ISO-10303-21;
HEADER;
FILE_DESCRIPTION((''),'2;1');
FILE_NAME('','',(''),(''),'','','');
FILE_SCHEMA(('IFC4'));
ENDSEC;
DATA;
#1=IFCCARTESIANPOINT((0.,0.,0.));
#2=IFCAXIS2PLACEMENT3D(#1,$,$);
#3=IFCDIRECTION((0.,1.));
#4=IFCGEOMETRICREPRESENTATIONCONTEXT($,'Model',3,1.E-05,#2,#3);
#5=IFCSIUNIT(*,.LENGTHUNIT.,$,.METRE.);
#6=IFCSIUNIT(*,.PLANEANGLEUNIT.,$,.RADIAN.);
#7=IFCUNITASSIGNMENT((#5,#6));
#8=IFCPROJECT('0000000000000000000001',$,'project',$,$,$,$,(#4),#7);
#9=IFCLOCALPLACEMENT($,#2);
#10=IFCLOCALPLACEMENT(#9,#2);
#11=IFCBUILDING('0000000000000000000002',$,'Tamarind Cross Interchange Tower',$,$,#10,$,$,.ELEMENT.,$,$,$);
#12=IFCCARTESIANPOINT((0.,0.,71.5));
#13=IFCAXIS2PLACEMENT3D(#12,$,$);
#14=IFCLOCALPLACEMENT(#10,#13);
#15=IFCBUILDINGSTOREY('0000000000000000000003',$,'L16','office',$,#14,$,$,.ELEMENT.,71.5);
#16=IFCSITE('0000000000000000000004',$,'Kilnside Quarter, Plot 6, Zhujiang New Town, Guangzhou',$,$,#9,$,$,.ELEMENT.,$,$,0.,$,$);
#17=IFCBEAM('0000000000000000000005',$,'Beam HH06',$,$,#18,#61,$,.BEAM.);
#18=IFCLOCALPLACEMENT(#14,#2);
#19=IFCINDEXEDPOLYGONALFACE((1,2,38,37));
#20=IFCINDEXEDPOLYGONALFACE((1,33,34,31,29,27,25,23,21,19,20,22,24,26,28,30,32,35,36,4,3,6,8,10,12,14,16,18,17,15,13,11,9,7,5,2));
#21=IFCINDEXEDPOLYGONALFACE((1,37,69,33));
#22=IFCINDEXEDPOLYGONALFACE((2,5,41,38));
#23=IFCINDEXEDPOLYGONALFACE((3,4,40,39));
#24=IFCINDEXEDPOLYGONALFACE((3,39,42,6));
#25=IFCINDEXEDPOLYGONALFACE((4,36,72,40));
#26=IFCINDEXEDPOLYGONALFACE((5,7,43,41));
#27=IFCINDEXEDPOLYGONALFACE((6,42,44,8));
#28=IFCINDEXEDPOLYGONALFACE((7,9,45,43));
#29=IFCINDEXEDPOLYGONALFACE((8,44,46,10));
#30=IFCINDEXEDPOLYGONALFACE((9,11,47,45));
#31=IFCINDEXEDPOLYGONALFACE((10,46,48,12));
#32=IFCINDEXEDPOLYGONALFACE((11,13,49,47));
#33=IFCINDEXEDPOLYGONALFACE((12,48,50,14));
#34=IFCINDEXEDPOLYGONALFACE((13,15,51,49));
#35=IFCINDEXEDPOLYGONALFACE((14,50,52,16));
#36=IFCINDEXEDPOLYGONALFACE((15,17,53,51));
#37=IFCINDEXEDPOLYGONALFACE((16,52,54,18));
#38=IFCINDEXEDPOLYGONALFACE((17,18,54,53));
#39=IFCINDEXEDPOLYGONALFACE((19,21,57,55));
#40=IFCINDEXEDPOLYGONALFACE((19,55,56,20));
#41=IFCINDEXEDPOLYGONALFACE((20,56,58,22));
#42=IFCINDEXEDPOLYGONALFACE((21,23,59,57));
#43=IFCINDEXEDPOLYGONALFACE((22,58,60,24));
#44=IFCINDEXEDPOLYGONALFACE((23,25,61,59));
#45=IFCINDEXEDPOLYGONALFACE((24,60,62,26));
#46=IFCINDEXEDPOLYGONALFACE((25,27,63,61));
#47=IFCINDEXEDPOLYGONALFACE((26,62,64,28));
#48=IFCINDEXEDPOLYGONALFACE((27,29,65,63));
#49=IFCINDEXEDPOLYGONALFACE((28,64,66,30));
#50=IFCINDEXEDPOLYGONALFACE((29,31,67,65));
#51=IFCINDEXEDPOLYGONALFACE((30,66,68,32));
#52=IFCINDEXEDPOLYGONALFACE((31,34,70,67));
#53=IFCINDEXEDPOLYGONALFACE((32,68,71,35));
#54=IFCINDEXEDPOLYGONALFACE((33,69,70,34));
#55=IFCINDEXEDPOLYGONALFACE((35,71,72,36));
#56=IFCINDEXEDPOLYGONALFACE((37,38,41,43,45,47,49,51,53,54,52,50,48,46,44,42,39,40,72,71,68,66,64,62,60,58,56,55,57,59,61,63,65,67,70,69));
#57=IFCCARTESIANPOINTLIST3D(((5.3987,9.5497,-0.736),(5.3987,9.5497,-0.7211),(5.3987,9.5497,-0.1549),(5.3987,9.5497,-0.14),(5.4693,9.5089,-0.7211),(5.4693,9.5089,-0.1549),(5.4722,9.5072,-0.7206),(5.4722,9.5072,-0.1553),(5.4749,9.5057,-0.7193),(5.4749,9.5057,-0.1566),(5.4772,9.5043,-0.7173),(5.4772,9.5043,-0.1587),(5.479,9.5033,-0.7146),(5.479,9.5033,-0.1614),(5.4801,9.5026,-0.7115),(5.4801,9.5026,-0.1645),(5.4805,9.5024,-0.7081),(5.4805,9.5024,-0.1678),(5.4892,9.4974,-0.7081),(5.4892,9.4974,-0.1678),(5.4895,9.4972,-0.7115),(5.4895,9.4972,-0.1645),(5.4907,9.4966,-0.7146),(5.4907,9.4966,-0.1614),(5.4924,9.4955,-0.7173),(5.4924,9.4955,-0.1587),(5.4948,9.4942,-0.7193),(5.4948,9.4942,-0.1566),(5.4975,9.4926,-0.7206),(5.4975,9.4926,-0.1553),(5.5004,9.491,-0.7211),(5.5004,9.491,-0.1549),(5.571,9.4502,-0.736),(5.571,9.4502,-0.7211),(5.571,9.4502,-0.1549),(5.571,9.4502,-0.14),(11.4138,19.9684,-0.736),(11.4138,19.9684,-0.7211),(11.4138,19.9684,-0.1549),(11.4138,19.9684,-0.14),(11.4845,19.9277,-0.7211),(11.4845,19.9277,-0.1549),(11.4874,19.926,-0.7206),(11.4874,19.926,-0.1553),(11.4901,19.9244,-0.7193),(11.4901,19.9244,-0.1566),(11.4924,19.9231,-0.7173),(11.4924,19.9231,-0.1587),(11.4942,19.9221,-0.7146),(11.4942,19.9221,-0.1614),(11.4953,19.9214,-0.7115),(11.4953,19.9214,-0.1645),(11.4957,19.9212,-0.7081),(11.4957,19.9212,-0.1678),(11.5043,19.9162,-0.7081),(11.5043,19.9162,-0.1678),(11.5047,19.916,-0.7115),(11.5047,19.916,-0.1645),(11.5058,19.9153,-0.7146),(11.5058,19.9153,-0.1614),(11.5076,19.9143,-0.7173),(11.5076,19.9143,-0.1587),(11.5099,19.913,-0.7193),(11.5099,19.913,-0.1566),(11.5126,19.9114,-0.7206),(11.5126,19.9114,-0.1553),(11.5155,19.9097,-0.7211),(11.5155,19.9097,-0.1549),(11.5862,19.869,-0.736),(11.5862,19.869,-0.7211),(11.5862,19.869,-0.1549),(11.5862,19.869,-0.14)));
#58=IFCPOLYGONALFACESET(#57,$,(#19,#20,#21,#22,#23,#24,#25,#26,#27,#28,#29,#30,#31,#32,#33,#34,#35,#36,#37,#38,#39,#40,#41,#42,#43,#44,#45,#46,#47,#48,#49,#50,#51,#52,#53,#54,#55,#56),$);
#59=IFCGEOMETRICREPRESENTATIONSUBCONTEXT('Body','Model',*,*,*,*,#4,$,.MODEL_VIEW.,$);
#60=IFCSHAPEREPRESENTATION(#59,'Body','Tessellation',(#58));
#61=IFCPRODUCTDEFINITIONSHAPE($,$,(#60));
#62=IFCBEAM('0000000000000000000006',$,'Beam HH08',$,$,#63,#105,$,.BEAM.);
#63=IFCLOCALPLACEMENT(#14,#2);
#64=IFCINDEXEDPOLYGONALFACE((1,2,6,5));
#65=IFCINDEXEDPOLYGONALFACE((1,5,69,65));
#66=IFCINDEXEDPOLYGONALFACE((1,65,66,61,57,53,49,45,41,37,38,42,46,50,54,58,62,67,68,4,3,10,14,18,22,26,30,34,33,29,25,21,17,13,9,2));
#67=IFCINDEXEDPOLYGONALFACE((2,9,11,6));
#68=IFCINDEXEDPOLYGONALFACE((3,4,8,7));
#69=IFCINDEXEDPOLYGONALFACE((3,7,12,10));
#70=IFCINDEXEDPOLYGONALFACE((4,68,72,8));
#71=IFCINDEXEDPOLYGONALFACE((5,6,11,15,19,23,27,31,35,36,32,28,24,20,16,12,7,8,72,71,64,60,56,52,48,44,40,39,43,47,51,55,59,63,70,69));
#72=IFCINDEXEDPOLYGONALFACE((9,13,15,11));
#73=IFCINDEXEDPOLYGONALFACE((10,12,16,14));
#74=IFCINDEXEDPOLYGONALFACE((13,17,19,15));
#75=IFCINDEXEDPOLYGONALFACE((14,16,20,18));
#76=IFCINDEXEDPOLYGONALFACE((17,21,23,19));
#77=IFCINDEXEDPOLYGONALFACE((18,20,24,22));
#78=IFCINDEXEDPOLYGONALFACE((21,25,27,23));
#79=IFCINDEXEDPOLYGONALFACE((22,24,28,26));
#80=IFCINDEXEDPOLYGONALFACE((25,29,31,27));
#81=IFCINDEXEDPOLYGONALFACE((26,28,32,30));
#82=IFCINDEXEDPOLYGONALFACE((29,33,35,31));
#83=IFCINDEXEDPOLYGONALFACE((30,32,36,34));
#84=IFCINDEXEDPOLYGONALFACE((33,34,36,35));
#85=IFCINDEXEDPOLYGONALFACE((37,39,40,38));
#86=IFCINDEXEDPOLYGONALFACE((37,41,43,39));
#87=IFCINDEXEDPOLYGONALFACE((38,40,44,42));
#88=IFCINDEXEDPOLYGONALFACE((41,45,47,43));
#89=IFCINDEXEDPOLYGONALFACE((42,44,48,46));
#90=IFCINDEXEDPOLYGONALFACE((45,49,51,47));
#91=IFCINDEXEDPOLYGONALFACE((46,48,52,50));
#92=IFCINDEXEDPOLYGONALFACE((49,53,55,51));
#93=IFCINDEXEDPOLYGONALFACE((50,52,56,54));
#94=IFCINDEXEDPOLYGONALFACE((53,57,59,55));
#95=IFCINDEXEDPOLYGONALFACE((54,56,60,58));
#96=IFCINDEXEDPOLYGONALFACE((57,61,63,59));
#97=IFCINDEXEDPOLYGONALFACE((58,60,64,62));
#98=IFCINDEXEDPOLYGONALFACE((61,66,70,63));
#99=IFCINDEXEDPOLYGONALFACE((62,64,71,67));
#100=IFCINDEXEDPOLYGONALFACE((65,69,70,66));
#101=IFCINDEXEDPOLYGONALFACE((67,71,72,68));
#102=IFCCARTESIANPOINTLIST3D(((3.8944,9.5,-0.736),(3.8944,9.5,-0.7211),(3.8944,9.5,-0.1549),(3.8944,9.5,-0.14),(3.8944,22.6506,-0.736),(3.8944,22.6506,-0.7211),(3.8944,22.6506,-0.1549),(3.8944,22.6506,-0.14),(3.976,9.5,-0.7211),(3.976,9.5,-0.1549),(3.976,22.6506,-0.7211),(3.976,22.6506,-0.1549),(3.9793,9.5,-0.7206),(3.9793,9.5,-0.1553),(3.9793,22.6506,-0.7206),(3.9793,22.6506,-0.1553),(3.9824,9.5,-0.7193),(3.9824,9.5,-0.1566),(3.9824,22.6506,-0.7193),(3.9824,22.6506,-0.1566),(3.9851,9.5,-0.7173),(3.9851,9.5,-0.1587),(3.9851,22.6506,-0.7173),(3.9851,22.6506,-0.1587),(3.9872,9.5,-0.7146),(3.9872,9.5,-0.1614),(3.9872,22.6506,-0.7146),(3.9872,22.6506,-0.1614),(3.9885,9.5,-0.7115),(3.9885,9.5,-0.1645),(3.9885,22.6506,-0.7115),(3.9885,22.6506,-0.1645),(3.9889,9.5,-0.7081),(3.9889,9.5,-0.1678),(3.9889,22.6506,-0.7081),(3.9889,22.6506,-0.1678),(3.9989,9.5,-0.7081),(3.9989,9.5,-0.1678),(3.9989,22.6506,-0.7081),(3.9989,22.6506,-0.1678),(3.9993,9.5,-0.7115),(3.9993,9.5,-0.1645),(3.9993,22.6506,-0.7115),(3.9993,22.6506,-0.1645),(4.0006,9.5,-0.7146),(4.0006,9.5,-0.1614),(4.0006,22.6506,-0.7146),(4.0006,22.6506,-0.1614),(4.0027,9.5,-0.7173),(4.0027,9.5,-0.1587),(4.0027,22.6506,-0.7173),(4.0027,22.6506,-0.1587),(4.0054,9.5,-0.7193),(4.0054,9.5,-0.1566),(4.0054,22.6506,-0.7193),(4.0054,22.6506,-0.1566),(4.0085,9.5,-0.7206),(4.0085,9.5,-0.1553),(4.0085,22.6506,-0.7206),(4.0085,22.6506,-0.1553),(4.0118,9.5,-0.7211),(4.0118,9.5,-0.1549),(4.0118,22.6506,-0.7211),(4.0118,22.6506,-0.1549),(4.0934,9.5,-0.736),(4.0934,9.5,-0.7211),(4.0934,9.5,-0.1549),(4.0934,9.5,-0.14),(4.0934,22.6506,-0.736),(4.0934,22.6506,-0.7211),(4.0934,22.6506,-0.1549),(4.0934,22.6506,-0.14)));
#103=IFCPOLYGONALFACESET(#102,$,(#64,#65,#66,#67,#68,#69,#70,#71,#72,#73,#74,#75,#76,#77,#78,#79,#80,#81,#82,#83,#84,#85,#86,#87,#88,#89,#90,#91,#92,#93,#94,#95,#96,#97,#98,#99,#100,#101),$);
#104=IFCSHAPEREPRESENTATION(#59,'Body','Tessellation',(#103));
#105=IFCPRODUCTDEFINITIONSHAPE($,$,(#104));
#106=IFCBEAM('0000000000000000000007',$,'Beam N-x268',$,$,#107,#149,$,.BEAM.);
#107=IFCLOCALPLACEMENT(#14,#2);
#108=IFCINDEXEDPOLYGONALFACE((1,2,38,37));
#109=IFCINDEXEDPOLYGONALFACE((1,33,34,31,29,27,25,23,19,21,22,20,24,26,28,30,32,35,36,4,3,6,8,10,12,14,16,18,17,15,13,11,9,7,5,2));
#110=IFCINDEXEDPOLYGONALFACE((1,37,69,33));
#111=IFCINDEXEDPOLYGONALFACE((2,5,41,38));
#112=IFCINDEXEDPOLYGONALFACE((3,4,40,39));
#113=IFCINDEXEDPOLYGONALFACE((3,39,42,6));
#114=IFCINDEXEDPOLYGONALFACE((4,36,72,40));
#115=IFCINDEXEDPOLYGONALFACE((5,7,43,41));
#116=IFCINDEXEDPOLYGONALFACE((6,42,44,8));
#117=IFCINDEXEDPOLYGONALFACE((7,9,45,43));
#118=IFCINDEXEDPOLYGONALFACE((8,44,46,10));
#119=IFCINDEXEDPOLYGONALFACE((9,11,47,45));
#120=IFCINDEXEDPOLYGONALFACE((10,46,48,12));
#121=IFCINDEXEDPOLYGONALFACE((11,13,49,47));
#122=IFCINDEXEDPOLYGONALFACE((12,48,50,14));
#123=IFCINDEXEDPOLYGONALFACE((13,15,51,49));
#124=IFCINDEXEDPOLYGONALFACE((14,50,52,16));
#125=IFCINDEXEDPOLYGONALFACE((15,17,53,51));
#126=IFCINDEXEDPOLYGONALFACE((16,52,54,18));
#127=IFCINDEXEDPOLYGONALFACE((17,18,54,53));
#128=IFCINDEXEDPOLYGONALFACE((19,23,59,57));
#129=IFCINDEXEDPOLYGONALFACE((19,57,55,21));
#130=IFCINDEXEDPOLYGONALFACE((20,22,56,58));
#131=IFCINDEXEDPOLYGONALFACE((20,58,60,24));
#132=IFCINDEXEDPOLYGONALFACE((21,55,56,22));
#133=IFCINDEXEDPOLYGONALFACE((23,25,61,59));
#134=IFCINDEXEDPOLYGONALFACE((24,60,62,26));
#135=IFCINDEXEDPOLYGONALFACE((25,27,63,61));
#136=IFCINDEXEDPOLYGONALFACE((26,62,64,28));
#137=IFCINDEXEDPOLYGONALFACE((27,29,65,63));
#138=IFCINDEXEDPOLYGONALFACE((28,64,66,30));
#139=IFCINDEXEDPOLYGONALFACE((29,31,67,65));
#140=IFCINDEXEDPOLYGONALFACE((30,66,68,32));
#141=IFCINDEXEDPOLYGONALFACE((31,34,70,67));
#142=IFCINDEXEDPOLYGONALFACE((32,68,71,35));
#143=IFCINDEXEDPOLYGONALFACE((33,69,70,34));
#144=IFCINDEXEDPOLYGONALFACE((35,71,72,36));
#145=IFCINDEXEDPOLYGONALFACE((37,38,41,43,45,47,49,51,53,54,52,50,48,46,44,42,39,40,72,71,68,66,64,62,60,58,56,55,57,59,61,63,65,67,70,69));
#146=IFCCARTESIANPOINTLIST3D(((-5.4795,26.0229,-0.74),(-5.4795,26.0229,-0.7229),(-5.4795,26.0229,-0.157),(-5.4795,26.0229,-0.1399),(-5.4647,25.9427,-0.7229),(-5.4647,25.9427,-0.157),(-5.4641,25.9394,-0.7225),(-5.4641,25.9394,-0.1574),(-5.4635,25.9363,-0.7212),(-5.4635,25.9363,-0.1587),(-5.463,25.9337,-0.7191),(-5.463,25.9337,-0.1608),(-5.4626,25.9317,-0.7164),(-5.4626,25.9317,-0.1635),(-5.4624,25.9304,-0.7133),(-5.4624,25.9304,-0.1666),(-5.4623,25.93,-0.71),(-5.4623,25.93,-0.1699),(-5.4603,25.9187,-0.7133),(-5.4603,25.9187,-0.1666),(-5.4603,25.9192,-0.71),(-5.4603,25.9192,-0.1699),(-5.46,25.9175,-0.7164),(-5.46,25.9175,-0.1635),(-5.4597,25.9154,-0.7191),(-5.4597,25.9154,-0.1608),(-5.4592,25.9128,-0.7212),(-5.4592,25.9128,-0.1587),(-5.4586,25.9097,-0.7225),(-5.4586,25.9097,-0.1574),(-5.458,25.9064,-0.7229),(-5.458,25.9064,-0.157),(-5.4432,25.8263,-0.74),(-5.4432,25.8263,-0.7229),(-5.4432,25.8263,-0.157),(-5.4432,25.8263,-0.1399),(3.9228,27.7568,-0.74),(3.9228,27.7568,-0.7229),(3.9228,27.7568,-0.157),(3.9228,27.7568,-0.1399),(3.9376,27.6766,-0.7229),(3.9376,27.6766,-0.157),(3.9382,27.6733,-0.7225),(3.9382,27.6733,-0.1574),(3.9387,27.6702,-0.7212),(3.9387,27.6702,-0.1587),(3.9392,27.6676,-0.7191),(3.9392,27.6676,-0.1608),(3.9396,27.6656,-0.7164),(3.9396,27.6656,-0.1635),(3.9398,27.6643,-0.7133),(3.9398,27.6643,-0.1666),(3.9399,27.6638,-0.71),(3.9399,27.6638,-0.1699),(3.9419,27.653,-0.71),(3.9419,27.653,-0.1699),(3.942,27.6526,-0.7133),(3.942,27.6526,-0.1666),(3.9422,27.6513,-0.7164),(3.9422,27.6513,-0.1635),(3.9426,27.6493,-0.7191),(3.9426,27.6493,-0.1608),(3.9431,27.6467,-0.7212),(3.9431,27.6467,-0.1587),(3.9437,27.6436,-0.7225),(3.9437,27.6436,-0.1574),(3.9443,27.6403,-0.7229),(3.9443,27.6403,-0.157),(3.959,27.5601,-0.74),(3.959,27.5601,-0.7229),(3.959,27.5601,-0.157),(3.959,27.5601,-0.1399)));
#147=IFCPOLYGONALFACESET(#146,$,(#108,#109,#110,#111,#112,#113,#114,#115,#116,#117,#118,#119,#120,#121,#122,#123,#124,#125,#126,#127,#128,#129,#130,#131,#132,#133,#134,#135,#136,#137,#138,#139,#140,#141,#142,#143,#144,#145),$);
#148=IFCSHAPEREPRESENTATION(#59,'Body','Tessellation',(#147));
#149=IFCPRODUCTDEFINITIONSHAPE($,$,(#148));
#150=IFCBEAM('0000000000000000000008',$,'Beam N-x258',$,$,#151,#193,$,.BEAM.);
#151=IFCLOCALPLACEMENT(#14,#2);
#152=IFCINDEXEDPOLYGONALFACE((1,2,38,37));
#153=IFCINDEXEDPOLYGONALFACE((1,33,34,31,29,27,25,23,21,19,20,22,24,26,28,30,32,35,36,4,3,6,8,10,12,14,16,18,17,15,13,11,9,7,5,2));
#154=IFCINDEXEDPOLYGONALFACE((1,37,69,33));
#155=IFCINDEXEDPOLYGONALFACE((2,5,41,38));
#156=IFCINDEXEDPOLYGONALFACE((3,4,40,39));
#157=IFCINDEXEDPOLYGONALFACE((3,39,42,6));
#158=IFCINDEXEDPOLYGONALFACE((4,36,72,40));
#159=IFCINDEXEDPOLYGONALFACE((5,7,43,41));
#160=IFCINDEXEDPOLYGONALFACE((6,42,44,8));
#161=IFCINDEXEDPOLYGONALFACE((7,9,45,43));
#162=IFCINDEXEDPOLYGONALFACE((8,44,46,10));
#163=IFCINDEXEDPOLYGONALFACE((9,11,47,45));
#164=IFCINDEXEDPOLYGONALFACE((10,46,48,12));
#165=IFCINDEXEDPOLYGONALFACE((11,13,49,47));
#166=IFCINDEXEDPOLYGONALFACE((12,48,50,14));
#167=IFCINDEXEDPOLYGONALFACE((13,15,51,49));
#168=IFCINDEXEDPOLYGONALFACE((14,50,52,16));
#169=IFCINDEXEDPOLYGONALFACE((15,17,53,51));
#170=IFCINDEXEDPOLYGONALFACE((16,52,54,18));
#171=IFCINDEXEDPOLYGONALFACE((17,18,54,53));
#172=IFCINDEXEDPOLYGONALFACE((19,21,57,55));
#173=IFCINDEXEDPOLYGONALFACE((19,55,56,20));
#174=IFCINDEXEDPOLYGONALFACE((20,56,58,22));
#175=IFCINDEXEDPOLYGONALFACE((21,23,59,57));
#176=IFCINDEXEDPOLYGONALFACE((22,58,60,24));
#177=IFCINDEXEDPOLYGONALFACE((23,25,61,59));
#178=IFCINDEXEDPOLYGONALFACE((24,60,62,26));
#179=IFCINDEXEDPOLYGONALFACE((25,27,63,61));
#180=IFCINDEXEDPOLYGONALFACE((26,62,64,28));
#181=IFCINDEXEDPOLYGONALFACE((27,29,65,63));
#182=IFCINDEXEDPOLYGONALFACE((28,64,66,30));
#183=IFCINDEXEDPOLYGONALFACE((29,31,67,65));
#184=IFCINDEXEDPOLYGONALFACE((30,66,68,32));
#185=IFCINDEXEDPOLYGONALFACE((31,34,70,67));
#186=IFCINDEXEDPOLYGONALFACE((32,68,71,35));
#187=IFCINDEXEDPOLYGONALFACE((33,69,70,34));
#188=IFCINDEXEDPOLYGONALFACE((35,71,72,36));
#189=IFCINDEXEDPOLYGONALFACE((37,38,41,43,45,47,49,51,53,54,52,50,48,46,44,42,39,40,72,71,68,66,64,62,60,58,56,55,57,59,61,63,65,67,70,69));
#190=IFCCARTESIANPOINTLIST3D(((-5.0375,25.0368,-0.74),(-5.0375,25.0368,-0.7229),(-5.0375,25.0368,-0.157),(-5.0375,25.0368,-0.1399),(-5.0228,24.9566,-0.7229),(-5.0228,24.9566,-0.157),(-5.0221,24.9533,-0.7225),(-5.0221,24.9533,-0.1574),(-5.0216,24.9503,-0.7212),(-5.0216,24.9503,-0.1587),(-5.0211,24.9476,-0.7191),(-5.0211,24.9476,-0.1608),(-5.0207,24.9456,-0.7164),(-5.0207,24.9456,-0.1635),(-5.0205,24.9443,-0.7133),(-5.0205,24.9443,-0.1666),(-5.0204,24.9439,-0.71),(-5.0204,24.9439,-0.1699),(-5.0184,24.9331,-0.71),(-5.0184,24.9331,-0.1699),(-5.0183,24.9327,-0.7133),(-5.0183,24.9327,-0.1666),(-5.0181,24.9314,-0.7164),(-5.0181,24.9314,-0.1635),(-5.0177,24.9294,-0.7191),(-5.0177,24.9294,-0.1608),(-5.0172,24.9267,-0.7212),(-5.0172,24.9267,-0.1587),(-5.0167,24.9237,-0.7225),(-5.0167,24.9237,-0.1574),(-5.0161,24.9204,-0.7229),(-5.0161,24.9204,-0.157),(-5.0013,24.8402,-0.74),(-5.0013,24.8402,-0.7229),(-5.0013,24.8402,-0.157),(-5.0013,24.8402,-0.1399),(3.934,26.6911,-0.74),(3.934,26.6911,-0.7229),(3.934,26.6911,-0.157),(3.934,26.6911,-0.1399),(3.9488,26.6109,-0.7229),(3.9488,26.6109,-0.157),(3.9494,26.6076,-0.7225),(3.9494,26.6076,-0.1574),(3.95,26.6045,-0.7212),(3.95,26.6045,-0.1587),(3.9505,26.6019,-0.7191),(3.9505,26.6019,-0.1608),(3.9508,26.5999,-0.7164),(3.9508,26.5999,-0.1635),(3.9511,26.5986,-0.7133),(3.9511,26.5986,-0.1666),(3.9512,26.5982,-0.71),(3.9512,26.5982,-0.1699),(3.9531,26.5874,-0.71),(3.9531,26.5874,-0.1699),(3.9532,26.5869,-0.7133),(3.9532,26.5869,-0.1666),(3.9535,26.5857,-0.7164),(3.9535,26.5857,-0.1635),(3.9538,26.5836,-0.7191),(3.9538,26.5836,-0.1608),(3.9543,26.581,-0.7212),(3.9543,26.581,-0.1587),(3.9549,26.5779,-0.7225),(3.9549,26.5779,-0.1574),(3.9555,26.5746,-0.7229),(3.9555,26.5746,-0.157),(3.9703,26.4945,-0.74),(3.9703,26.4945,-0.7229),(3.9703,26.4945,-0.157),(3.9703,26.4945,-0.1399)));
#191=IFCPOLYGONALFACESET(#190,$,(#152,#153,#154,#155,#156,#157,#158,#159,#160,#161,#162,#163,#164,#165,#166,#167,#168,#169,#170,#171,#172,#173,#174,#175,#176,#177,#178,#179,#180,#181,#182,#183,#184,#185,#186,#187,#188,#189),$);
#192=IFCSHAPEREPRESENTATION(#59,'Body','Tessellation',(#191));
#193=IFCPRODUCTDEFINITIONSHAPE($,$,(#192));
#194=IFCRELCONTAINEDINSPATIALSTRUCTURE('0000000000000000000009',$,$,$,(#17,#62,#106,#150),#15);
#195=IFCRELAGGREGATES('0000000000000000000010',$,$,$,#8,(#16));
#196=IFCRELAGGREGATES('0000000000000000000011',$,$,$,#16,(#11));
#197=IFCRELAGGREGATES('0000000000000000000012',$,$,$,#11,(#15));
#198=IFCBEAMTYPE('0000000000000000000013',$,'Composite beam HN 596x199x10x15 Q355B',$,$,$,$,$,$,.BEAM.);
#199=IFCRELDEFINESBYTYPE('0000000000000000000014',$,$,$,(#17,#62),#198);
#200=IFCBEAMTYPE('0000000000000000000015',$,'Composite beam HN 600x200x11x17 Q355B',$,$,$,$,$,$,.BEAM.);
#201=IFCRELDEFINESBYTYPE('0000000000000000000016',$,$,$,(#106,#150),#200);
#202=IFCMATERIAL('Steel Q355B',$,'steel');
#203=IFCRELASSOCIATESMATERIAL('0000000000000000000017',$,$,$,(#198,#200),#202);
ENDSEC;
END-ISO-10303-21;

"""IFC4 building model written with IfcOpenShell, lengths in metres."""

from ifc_helpers import new_model, si_unit, direction, frame, origin, origin_2d, place, context, subcontext, project, spatial, i_section, extrude, material, material_profile, profile_set, type_object, element, save


model = new_model("IFC4")

# Units and contexts
model_context = context("Model", 3, precision=1e-05, world=origin(), true_north=direction((0.0, 1.0)))
body_context = subcontext(model_context, "Body", "Model", "MODEL_VIEW")
ifc_project = project(units=[si_unit("LENGTHUNIT", "METRE"), si_unit("PLANEANGLEUNIT", "RADIAN")], contexts=[model_context])

# Site, building, storey
site_placement = place(None, origin())
site = spatial("IfcSite", under=ifc_project, at=site_placement, Name="Kilnside Quarter, Plot 6, Zhujiang New Town, Guangzhou", CompositionType="ELEMENT", RefElevation=0.0)
building_placement = place(site_placement, origin())
building = spatial("IfcBuilding", under=site, at=building_placement, Name="Tamarind Cross Interchange Tower", CompositionType="ELEMENT")
storey_placement = place(building_placement, frame((0.0, 0.0, 71.5)))
storey = spatial("IfcBuildingStorey", under=building, at=storey_placement, Name="L16", Description="office", CompositionType="ELEMENT", Elevation=71.5)

# Beams
ifc_material_1 = material(Name="Steel Q355B", Category="steel")
ifc_material_profile_1 = material_profile(ifc_material_1, i_section(OverallWidth=0.199, OverallDepth=0.5959, WebThickness=0.01, FlangeThickness=0.0149, FilletRadius=0.0129, at=origin_2d()), Name="HN 596x199x10x15")
ifc_profile_set_1 = profile_set([ifc_material_profile_1], Name="Steel Q355B")
beam_type_1 = type_object("IfcBeamType", Name="Composite beam HN 596x199x10x15 Q355B", PredefinedType="BEAM", material=ifc_profile_set_1)
beam_1_placement = place(storey_placement, frame((11.5, 19.9187, -0.438), z_axis=(-0.499994, -0.866029, 0.0), x_axis=(0.866029, -0.499994, 0.0)))
element("IfcBeam", 1, at=beam_1_placement, inside=storey, type_object=beam_type_1, Name="Beam HH06", PredefinedType="BEAM", context=body_context, shape_type="SweptSolid", body=[
    extrude(i_section(OverallWidth=0.199, OverallDepth=0.5959, WebThickness=0.01, FlangeThickness=0.0149, FilletRadius=0.0129, at=origin_2d()), origin(), (0.0, 0.0, 1.0), 12.0305),
])
beam_2_placement = place(storey_placement, frame((3.9939, 22.6506, -0.438), z_axis=(0.0, -1.0, 0.0), x_axis=(1.0, 0.0, 0.0)))
element("IfcBeam", 2, at=beam_2_placement, inside=storey, type_object=beam_type_1, Name="Beam HH08", PredefinedType="BEAM", context=body_context, shape_type="SweptSolid", body=[
    extrude(i_section(OverallWidth=0.199, OverallDepth=0.5959, WebThickness=0.01, FlangeThickness=0.0149, FilletRadius=0.0129, at=origin_2d()), origin(), (0.0, 0.0, 1.0), 13.1506),
])
ifc_material_profile_2 = material_profile(ifc_material_1, i_section(OverallWidth=0.2, OverallDepth=0.6001, WebThickness=0.011, FlangeThickness=0.0171, FilletRadius=0.0129, at=origin_2d()), Name="HN 600x200x11x17")
ifc_profile_set_2 = profile_set([ifc_material_profile_2], Name="Steel Q355B")
beam_type_2 = type_object("IfcBeamType", Name="Composite beam HN 600x200x11x17 Q355B", PredefinedType="BEAM", material=ifc_profile_set_2)
beam_3_placement = place(storey_placement, frame((3.9409, 27.6584, -0.4399), z_axis=(-0.983418, -0.181352, 0.0), x_axis=(0.181352, -0.983418, 0.0)))
element("IfcBeam", 3, at=beam_3_placement, inside=storey, type_object=beam_type_2, Name="Beam N-x268", PredefinedType="BEAM", context=body_context, shape_type="SweptSolid", body=[
    extrude(i_section(OverallWidth=0.2, OverallDepth=0.6001, WebThickness=0.011, FlangeThickness=0.0171, FilletRadius=0.0129, at=origin_2d()), origin(), (0.0, 0.0, 1.0), 9.5608),
])
beam_4_placement = place(storey_placement, frame((3.9521, 26.5928, -0.4399), z_axis=(-0.983422, -0.181334, 0.0), x_axis=(0.181334, -0.983422, 0.0)))
element("IfcBeam", 4, at=beam_4_placement, inside=storey, type_object=beam_type_2, Name="Beam N-x258", PredefinedType="BEAM", context=body_context, shape_type="SweptSolid", body=[
    extrude(i_section(OverallWidth=0.2, OverallDepth=0.6001, WebThickness=0.011, FlangeThickness=0.0171, FilletRadius=0.0129, at=origin_2d()), origin(), (0.0, 0.0, 1.0), 9.1228),
])

save(model, "model.ifc")
